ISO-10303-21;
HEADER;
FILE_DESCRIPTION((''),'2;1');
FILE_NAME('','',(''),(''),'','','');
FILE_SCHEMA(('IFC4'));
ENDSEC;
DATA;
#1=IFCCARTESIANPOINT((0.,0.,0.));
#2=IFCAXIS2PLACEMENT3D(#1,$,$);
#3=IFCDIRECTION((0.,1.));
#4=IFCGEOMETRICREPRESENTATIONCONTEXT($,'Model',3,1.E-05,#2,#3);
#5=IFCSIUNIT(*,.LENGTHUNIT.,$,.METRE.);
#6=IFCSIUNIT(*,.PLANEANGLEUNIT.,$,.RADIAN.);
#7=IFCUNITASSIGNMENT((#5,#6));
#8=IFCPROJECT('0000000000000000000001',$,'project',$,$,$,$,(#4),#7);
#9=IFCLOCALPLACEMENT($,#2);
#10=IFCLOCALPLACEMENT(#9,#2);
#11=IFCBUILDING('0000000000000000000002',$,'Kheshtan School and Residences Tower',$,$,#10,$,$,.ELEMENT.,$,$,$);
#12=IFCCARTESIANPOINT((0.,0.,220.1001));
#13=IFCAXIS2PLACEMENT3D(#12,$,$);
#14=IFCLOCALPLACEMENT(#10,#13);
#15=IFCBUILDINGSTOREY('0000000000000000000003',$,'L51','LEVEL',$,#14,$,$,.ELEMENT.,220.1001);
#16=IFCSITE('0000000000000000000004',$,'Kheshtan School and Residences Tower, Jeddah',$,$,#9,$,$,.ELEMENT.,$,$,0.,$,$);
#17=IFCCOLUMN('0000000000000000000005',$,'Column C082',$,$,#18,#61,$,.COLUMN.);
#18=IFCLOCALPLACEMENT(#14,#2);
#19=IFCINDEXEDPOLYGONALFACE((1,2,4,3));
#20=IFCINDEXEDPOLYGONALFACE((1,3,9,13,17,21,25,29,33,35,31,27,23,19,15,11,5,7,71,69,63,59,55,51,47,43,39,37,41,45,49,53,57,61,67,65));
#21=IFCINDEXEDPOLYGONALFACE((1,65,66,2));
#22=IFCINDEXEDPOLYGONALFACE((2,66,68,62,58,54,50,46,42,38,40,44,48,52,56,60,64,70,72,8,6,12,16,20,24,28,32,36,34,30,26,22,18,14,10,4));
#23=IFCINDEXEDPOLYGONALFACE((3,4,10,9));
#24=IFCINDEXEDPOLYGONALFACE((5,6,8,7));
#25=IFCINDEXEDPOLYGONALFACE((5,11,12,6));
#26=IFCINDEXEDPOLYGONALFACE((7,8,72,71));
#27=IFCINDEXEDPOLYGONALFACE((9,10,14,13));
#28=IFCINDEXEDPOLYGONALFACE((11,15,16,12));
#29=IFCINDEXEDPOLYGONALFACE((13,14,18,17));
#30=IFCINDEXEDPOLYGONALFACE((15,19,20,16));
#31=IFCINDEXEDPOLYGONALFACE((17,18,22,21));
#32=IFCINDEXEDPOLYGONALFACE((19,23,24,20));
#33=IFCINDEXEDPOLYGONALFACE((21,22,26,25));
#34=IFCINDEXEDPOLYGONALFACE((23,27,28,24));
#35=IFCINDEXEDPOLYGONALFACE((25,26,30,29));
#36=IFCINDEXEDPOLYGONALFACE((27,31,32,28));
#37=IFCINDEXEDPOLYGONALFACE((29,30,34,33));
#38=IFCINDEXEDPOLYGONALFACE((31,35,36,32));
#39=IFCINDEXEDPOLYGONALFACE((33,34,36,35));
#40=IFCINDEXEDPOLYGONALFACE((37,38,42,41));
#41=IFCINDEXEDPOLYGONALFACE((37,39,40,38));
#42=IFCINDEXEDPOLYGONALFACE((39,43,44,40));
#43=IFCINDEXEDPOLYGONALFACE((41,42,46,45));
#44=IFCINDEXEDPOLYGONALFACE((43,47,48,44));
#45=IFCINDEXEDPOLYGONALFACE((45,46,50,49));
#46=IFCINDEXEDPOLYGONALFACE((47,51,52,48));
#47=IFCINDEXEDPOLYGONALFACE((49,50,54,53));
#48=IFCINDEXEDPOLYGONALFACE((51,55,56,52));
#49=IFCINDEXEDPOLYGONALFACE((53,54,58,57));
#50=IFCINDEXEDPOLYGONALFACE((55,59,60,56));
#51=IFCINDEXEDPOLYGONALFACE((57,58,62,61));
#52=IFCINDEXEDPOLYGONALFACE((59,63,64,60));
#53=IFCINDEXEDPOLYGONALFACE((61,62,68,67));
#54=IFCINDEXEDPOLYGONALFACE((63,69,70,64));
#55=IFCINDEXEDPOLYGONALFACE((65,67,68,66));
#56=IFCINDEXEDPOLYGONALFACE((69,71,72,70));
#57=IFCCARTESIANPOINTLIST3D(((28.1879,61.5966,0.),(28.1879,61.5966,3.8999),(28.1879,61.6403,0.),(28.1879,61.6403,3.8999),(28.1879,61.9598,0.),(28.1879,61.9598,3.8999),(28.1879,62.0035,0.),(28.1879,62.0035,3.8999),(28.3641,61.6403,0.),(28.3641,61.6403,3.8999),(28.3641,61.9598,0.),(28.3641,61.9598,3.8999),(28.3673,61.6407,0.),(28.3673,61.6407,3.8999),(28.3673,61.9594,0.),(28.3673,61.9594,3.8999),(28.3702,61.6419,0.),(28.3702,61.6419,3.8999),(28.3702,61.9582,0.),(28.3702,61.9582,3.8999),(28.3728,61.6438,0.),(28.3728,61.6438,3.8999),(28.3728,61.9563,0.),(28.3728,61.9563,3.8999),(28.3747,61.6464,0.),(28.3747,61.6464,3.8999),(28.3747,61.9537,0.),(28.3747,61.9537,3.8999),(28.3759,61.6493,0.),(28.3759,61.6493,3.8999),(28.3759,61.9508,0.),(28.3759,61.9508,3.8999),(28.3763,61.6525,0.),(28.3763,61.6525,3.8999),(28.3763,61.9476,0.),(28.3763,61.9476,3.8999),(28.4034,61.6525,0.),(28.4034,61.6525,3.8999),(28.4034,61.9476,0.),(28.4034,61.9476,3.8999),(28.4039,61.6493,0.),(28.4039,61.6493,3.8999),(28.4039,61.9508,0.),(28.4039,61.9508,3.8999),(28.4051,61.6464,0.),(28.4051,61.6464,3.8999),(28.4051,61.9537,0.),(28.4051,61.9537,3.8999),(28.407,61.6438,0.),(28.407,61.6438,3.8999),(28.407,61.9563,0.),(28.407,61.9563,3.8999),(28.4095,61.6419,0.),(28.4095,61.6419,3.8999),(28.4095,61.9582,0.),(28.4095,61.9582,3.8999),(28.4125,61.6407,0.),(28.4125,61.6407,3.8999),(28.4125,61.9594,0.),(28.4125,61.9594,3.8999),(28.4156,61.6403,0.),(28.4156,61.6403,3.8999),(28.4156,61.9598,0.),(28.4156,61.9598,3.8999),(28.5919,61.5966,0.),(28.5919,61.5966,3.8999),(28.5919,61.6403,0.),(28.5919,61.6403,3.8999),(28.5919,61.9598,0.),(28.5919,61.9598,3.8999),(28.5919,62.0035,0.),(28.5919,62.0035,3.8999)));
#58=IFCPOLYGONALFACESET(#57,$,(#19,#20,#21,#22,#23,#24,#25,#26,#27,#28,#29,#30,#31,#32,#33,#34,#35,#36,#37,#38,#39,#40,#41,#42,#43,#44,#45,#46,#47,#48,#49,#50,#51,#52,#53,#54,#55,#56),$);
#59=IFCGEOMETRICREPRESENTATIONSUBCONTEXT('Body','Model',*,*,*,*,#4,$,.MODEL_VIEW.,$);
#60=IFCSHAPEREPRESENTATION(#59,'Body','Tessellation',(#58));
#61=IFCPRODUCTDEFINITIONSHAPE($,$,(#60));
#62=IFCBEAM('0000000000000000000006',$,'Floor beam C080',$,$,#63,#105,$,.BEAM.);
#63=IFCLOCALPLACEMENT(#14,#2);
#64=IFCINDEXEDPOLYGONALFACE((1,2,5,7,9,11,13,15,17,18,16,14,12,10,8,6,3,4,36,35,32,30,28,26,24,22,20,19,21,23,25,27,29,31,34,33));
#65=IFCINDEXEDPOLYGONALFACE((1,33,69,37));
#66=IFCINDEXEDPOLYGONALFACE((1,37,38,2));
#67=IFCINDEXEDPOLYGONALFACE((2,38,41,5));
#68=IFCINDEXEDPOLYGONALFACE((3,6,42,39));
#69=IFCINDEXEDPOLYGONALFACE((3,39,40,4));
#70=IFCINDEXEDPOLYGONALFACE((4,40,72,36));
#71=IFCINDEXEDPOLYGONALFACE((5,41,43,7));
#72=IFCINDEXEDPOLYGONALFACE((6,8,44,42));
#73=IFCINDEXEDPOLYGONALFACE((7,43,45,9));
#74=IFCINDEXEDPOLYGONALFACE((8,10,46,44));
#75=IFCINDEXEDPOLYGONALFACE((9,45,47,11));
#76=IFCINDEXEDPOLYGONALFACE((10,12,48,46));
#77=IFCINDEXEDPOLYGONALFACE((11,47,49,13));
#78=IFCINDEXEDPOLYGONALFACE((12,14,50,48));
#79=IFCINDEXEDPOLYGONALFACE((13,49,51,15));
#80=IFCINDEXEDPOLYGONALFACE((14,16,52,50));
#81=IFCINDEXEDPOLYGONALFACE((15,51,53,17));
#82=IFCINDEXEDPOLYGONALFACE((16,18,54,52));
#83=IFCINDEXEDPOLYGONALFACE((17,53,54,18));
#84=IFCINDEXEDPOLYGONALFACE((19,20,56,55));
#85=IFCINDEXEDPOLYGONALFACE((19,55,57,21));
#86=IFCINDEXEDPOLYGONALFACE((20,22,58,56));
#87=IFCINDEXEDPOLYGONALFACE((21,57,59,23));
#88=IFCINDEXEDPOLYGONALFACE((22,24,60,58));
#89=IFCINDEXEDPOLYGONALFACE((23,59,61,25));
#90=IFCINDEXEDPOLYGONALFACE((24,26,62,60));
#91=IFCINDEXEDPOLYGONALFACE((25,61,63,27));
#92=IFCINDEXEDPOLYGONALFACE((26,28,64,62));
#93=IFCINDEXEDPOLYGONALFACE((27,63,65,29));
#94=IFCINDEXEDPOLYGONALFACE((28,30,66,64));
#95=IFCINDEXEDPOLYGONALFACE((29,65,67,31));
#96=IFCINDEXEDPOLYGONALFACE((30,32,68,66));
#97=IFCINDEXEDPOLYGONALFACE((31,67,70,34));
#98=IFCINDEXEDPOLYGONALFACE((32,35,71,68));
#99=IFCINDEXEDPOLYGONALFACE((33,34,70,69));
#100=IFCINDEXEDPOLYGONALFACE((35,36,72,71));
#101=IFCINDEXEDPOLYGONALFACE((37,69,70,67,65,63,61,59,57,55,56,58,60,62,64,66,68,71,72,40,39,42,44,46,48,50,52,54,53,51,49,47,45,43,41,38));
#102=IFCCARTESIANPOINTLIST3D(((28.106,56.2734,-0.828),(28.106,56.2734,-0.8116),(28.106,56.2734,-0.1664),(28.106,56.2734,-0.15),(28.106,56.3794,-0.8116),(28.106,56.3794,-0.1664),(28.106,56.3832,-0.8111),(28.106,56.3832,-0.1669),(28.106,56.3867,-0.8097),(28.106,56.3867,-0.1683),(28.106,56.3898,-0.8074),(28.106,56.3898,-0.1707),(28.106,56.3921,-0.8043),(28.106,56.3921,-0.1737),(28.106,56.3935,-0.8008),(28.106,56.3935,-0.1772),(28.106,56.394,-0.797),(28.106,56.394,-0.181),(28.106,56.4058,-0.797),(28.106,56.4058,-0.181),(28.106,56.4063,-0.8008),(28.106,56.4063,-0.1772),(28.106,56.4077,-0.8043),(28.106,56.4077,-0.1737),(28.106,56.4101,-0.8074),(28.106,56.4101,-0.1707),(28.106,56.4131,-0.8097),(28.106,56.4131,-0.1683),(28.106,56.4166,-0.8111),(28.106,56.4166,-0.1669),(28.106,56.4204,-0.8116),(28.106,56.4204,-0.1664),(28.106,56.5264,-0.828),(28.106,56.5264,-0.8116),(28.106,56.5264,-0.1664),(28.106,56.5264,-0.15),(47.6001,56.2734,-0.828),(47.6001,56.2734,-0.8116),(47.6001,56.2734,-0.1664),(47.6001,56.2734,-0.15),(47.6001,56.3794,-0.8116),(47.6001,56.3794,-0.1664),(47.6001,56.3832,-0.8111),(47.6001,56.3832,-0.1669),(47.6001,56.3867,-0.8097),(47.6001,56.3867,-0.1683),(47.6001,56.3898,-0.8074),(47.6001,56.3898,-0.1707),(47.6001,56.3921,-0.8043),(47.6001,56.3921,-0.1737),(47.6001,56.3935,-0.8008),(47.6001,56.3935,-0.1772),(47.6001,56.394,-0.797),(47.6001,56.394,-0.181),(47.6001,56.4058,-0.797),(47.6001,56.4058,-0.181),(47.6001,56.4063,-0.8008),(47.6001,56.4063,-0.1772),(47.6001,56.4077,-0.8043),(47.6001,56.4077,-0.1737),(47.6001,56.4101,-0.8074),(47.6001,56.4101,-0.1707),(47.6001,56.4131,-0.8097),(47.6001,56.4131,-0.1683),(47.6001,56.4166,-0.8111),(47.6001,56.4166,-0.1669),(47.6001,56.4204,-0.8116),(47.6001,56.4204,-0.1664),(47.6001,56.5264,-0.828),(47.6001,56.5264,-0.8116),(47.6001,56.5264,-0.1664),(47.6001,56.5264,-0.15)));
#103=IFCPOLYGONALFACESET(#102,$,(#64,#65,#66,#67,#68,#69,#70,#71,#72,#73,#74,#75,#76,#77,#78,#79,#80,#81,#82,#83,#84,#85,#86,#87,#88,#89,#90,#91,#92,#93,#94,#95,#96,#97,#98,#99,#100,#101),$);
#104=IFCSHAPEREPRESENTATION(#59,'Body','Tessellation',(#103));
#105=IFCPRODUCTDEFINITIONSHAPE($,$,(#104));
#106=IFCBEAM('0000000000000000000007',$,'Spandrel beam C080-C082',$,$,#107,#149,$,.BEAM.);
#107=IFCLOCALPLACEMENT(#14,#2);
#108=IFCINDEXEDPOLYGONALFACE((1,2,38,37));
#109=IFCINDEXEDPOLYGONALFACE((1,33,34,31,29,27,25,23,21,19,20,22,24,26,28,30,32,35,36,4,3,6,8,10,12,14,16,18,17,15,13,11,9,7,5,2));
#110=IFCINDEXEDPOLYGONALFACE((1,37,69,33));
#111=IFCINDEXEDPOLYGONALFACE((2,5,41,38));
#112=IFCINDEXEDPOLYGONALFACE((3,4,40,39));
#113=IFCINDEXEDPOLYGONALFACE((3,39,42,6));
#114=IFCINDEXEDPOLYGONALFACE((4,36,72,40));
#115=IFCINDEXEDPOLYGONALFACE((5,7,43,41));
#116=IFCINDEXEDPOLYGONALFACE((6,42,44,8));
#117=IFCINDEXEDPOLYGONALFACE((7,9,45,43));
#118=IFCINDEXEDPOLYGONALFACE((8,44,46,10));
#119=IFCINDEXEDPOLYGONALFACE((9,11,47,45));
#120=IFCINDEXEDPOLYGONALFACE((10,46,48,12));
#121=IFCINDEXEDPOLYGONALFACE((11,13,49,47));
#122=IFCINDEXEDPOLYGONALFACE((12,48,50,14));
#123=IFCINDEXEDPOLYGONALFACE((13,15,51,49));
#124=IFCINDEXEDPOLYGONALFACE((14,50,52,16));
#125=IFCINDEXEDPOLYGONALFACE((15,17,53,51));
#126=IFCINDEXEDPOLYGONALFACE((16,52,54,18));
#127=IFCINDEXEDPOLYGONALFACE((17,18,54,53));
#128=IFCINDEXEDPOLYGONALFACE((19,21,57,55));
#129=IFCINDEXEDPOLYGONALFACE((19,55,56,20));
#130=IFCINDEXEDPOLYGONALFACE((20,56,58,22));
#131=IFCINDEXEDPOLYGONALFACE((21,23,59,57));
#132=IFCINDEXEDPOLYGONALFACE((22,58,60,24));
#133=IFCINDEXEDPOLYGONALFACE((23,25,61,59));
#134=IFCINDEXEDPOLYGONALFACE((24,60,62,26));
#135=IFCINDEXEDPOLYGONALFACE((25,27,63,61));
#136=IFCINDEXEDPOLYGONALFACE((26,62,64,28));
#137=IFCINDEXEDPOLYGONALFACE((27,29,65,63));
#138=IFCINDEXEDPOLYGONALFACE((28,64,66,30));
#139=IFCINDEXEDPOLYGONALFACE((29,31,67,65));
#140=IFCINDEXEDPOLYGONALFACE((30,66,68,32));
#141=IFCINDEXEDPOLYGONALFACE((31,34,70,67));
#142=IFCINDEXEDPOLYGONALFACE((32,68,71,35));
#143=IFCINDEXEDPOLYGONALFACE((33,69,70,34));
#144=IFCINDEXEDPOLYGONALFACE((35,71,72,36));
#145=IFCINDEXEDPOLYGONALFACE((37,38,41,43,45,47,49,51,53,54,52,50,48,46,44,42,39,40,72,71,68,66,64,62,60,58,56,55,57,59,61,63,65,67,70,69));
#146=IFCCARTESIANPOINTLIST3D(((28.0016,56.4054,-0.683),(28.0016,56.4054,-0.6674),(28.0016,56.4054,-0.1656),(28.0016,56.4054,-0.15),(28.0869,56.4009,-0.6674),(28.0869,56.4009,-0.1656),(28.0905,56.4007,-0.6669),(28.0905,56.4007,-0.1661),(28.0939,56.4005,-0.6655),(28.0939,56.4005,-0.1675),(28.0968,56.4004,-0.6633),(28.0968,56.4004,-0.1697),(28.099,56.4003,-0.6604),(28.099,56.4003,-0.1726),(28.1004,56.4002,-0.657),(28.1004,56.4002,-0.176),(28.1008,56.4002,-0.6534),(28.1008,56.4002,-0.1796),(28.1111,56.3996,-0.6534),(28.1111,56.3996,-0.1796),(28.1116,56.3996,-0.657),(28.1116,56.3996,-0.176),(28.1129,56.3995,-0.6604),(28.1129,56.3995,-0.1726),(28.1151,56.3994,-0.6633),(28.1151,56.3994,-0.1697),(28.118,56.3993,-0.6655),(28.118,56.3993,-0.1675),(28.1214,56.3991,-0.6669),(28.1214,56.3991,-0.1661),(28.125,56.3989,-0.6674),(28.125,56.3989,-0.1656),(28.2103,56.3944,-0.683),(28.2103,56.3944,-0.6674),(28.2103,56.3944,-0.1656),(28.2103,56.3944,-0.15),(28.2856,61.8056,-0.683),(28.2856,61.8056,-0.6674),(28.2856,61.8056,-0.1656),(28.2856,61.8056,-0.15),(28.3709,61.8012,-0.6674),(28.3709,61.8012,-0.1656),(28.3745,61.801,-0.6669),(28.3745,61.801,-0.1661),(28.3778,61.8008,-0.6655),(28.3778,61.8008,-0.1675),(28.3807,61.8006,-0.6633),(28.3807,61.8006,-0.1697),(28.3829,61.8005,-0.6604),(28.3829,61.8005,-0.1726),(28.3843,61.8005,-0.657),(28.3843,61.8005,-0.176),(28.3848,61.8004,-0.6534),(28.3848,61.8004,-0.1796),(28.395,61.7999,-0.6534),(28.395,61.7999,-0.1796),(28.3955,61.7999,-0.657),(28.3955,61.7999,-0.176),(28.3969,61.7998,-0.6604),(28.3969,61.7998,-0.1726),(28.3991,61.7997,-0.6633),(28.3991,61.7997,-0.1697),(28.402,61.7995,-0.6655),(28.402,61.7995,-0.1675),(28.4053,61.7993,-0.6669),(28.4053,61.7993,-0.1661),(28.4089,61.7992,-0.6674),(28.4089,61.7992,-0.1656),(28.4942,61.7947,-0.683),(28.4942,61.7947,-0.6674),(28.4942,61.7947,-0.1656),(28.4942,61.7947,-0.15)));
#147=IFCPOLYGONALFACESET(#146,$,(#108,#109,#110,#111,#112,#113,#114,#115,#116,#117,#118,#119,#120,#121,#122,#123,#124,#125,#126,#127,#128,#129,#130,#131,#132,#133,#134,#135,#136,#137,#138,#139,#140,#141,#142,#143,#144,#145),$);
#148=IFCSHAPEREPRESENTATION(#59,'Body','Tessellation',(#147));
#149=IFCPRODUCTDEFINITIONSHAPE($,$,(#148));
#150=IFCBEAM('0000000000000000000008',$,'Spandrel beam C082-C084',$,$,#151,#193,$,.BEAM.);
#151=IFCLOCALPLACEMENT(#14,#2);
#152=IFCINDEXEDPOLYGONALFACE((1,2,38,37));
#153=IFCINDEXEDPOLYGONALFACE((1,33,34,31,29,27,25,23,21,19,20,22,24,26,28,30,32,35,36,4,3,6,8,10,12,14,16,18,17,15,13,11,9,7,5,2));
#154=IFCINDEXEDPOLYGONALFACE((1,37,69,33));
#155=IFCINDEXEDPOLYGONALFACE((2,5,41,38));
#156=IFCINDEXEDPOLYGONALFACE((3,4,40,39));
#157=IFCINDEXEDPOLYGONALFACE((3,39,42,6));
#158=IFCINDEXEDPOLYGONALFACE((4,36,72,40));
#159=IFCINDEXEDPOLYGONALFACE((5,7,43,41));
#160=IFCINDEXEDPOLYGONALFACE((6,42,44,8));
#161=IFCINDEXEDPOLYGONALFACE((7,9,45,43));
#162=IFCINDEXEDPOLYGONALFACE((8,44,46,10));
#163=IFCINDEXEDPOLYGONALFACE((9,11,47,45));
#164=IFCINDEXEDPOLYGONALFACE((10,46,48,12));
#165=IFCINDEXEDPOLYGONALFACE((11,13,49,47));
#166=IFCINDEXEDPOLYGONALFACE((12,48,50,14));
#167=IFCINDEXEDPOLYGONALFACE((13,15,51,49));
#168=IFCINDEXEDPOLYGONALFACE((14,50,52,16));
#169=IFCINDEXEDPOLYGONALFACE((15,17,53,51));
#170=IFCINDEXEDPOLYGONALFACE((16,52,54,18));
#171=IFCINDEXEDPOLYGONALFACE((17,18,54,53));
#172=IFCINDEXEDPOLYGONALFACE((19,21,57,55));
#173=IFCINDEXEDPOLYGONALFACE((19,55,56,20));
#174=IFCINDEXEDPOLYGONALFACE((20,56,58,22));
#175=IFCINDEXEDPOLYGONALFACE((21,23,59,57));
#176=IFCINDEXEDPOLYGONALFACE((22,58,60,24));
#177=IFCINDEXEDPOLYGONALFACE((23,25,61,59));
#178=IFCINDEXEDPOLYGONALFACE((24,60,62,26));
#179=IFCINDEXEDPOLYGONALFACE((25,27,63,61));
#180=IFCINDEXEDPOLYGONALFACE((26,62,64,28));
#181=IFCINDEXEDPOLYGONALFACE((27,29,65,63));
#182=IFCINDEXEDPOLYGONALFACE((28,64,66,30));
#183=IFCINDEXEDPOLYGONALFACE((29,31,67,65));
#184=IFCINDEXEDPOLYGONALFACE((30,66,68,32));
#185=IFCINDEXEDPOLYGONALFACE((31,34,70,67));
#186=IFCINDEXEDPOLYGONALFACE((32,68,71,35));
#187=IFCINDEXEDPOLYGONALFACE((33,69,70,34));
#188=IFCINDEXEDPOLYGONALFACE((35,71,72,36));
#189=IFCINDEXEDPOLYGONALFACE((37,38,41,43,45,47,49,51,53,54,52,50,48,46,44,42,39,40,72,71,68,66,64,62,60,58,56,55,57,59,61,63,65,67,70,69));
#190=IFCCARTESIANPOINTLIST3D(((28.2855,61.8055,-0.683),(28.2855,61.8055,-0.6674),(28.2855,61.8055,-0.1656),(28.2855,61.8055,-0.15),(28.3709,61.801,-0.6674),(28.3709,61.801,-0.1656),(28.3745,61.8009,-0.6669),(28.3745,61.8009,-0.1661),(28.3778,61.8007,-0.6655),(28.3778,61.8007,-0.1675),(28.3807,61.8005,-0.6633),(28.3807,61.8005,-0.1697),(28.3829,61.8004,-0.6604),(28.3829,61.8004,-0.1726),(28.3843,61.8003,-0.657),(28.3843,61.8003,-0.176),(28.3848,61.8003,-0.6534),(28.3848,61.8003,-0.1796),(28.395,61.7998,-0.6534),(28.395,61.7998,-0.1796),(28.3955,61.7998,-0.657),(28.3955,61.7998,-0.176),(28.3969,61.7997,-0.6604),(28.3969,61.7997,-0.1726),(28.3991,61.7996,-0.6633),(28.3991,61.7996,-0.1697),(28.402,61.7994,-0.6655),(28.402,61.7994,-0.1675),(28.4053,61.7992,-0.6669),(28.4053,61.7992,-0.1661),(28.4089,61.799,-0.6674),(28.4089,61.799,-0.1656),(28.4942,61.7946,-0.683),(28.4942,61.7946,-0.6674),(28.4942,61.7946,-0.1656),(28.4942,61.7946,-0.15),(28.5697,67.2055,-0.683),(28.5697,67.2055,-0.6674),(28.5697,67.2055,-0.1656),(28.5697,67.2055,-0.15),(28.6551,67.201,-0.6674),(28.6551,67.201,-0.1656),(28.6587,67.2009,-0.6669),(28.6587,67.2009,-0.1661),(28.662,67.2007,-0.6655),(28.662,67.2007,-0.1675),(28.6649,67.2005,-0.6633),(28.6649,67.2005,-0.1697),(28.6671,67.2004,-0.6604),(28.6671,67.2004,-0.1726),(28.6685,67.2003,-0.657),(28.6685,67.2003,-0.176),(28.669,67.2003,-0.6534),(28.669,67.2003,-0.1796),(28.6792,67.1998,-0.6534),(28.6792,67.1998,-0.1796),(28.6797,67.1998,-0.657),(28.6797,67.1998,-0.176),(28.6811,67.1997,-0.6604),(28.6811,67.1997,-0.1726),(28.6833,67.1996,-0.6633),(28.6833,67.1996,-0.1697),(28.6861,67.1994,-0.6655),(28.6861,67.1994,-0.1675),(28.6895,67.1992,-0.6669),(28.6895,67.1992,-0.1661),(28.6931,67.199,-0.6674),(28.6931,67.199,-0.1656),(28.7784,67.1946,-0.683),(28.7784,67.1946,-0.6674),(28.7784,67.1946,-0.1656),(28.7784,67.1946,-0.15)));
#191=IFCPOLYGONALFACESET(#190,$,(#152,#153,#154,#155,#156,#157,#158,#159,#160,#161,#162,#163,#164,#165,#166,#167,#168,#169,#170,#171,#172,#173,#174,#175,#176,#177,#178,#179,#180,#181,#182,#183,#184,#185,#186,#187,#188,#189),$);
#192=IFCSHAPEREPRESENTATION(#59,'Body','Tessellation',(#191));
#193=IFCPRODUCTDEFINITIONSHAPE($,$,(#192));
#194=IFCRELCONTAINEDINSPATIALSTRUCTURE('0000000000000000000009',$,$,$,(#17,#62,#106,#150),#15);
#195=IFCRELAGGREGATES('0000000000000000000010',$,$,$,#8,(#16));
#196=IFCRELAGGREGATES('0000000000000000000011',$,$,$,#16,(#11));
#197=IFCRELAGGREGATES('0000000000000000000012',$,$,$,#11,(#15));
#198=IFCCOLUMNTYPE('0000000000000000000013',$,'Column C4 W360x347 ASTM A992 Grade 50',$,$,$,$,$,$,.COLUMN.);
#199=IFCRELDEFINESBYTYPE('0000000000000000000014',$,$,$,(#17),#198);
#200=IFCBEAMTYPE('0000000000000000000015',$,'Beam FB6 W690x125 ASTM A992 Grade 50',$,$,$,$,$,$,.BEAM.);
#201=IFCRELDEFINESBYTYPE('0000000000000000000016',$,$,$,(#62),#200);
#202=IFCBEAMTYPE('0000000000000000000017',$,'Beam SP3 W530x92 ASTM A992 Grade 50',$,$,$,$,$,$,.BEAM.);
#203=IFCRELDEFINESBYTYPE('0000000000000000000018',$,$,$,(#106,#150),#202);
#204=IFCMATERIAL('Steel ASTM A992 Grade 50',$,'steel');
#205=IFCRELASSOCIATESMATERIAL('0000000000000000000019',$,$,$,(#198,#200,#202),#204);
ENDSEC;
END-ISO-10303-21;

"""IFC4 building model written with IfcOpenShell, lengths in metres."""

from ifc_helpers import new_model, si_unit, direction, frame, origin, origin_2d, place, context, subcontext, project, spatial, i_section, extrude, material, material_profile, profile_set, type_object, element, save


model = new_model("IFC4")

# Units and contexts
model_context = context("Model", 3, precision=1e-05, world=origin(), true_north=direction((0.0, 1.0)))
body_context = subcontext(model_context, "Body", "Model", "MODEL_VIEW")
ifc_project = project(units=[si_unit("LENGTHUNIT", "METRE"), si_unit("PLANEANGLEUNIT", "RADIAN")], contexts=[model_context])

# Site, building, storey
site_placement = place(None, origin())
site = spatial("IfcSite", under=ifc_project, at=site_placement, Name="Kheshtan School and Residences Tower, Jeddah", CompositionType="ELEMENT", RefElevation=0.0)
building_placement = place(site_placement, origin())
building = spatial("IfcBuilding", under=site, at=building_placement, Name="Kheshtan School and Residences Tower", CompositionType="ELEMENT")
storey_placement = place(building_placement, frame((0.0, 0.0, 220.1001)))
storey = spatial("IfcBuildingStorey", under=building, at=storey_placement, Name="L51", Description="LEVEL", CompositionType="ELEMENT", Elevation=220.1001)

# Column
ifc_material_1 = material(Name="Steel ASTM A992 Grade 50", Category="steel")
ifc_material_profile_1 = material_profile(ifc_material_1, i_section(OverallWidth=0.4041, OverallDepth=0.407, WebThickness=0.0271, FlangeThickness=0.0437, FilletRadius=0.0122, at=origin_2d()), Name="W360x347")
ifc_profile_set_1 = profile_set([ifc_material_profile_1], Name="Steel ASTM A992 Grade 50")
column_type = type_object("IfcColumnType", Name="Column C4 W360x347 ASTM A992 Grade 50", PredefinedType="COLUMN", material=ifc_profile_set_1)
column_placement = place(storey_placement, frame((28.3899, 61.8, 0.0), z_axis=(0.0, 0.0, 1.0), x_axis=(1.0, 0.0, 0.0)))
element("IfcColumn", 1, at=column_placement, inside=storey, type_object=column_type, Name="Column C082", PredefinedType="COLUMN", context=body_context, shape_type="SweptSolid", body=[
    extrude(i_section(OverallWidth=0.4041, OverallDepth=0.407, WebThickness=0.0271, FlangeThickness=0.0437, FilletRadius=0.0122, at=origin_2d()), origin(), (0.0, 0.0, 1.0), 3.8999),
])

# Beams
ifc_material_profile_2 = material_profile(ifc_material_1, i_section(OverallWidth=0.2529, OverallDepth=0.678, WebThickness=0.0117, FlangeThickness=0.0164, FilletRadius=0.0146, at=origin_2d()), Name="W690x125")
ifc_profile_set_2 = profile_set([ifc_material_profile_2], Name="Steel ASTM A992 Grade 50")
beam_type_1 = type_object("IfcBeamType", Name="Beam FB6 W690x125 ASTM A992 Grade 50", PredefinedType="BEAM", material=ifc_profile_set_2)
beam_1_placement = place(storey_placement, frame((28.106, 56.3999, -0.489), z_axis=(1.0, 0.0, 0.0), x_axis=(0.0, 1.0, 0.0)))
element("IfcBeam", 2, at=beam_1_placement, inside=storey, type_object=beam_type_1, Name="Floor beam C080", PredefinedType="BEAM", context=body_context, shape_type="SweptSolid", body=[
    extrude(i_section(OverallWidth=0.2529, OverallDepth=0.678, WebThickness=0.0117, FlangeThickness=0.0164, FilletRadius=0.0146, at=origin_2d()), origin(), (0.0, 0.0, 1.0), 19.4941),
])
ifc_material_profile_3 = material_profile(ifc_material_1, i_section(OverallWidth=0.209, OverallDepth=0.533, WebThickness=0.0103, FlangeThickness=0.0156, FilletRadius=0.0139, at=origin_2d()), Name="W530x92")
ifc_profile_set_3 = profile_set([ifc_material_profile_3], Name="Steel ASTM A992 Grade 50")
beam_type_2 = type_object("IfcBeamType", Name="Beam SP3 W530x92 ASTM A992 Grade 50", PredefinedType="BEAM", material=ifc_profile_set_3)
beam_2_placement = place(storey_placement, frame((28.106, 56.3999, -0.4165), z_axis=(0.052507, 0.998621, 0.0), x_axis=(-0.998621, 0.052507, 0.0)))
element("IfcBeam", 3, at=beam_2_placement, inside=storey, type_object=beam_type_2, Name="Spandrel beam C080-C082", PredefinedType="BEAM", context=body_context, shape_type="SweptSolid", body=[
    extrude(i_section(OverallWidth=0.209, OverallDepth=0.533, WebThickness=0.0103, FlangeThickness=0.0156, FilletRadius=0.0139, at=origin_2d()), origin(), (0.0, 0.0, 1.0), 5.4077),
])
beam_3_placement = place(storey_placement, frame((28.3899, 61.8, -0.4165), z_axis=(0.052554, 0.998618, 0.0), x_axis=(-0.998618, 0.052554, 0.0)))
element("IfcBeam", 4, at=beam_3_placement, inside=storey, type_object=beam_type_2, Name="Spandrel beam C082-C084", PredefinedType="BEAM", context=body_context, shape_type="SweptSolid", body=[
    extrude(i_section(OverallWidth=0.209, OverallDepth=0.533, WebThickness=0.0103, FlangeThickness=0.0156, FilletRadius=0.0139, at=origin_2d()), origin(), (0.0, 0.0, 1.0), 5.4075),
])

save(model, "model.ifc")
